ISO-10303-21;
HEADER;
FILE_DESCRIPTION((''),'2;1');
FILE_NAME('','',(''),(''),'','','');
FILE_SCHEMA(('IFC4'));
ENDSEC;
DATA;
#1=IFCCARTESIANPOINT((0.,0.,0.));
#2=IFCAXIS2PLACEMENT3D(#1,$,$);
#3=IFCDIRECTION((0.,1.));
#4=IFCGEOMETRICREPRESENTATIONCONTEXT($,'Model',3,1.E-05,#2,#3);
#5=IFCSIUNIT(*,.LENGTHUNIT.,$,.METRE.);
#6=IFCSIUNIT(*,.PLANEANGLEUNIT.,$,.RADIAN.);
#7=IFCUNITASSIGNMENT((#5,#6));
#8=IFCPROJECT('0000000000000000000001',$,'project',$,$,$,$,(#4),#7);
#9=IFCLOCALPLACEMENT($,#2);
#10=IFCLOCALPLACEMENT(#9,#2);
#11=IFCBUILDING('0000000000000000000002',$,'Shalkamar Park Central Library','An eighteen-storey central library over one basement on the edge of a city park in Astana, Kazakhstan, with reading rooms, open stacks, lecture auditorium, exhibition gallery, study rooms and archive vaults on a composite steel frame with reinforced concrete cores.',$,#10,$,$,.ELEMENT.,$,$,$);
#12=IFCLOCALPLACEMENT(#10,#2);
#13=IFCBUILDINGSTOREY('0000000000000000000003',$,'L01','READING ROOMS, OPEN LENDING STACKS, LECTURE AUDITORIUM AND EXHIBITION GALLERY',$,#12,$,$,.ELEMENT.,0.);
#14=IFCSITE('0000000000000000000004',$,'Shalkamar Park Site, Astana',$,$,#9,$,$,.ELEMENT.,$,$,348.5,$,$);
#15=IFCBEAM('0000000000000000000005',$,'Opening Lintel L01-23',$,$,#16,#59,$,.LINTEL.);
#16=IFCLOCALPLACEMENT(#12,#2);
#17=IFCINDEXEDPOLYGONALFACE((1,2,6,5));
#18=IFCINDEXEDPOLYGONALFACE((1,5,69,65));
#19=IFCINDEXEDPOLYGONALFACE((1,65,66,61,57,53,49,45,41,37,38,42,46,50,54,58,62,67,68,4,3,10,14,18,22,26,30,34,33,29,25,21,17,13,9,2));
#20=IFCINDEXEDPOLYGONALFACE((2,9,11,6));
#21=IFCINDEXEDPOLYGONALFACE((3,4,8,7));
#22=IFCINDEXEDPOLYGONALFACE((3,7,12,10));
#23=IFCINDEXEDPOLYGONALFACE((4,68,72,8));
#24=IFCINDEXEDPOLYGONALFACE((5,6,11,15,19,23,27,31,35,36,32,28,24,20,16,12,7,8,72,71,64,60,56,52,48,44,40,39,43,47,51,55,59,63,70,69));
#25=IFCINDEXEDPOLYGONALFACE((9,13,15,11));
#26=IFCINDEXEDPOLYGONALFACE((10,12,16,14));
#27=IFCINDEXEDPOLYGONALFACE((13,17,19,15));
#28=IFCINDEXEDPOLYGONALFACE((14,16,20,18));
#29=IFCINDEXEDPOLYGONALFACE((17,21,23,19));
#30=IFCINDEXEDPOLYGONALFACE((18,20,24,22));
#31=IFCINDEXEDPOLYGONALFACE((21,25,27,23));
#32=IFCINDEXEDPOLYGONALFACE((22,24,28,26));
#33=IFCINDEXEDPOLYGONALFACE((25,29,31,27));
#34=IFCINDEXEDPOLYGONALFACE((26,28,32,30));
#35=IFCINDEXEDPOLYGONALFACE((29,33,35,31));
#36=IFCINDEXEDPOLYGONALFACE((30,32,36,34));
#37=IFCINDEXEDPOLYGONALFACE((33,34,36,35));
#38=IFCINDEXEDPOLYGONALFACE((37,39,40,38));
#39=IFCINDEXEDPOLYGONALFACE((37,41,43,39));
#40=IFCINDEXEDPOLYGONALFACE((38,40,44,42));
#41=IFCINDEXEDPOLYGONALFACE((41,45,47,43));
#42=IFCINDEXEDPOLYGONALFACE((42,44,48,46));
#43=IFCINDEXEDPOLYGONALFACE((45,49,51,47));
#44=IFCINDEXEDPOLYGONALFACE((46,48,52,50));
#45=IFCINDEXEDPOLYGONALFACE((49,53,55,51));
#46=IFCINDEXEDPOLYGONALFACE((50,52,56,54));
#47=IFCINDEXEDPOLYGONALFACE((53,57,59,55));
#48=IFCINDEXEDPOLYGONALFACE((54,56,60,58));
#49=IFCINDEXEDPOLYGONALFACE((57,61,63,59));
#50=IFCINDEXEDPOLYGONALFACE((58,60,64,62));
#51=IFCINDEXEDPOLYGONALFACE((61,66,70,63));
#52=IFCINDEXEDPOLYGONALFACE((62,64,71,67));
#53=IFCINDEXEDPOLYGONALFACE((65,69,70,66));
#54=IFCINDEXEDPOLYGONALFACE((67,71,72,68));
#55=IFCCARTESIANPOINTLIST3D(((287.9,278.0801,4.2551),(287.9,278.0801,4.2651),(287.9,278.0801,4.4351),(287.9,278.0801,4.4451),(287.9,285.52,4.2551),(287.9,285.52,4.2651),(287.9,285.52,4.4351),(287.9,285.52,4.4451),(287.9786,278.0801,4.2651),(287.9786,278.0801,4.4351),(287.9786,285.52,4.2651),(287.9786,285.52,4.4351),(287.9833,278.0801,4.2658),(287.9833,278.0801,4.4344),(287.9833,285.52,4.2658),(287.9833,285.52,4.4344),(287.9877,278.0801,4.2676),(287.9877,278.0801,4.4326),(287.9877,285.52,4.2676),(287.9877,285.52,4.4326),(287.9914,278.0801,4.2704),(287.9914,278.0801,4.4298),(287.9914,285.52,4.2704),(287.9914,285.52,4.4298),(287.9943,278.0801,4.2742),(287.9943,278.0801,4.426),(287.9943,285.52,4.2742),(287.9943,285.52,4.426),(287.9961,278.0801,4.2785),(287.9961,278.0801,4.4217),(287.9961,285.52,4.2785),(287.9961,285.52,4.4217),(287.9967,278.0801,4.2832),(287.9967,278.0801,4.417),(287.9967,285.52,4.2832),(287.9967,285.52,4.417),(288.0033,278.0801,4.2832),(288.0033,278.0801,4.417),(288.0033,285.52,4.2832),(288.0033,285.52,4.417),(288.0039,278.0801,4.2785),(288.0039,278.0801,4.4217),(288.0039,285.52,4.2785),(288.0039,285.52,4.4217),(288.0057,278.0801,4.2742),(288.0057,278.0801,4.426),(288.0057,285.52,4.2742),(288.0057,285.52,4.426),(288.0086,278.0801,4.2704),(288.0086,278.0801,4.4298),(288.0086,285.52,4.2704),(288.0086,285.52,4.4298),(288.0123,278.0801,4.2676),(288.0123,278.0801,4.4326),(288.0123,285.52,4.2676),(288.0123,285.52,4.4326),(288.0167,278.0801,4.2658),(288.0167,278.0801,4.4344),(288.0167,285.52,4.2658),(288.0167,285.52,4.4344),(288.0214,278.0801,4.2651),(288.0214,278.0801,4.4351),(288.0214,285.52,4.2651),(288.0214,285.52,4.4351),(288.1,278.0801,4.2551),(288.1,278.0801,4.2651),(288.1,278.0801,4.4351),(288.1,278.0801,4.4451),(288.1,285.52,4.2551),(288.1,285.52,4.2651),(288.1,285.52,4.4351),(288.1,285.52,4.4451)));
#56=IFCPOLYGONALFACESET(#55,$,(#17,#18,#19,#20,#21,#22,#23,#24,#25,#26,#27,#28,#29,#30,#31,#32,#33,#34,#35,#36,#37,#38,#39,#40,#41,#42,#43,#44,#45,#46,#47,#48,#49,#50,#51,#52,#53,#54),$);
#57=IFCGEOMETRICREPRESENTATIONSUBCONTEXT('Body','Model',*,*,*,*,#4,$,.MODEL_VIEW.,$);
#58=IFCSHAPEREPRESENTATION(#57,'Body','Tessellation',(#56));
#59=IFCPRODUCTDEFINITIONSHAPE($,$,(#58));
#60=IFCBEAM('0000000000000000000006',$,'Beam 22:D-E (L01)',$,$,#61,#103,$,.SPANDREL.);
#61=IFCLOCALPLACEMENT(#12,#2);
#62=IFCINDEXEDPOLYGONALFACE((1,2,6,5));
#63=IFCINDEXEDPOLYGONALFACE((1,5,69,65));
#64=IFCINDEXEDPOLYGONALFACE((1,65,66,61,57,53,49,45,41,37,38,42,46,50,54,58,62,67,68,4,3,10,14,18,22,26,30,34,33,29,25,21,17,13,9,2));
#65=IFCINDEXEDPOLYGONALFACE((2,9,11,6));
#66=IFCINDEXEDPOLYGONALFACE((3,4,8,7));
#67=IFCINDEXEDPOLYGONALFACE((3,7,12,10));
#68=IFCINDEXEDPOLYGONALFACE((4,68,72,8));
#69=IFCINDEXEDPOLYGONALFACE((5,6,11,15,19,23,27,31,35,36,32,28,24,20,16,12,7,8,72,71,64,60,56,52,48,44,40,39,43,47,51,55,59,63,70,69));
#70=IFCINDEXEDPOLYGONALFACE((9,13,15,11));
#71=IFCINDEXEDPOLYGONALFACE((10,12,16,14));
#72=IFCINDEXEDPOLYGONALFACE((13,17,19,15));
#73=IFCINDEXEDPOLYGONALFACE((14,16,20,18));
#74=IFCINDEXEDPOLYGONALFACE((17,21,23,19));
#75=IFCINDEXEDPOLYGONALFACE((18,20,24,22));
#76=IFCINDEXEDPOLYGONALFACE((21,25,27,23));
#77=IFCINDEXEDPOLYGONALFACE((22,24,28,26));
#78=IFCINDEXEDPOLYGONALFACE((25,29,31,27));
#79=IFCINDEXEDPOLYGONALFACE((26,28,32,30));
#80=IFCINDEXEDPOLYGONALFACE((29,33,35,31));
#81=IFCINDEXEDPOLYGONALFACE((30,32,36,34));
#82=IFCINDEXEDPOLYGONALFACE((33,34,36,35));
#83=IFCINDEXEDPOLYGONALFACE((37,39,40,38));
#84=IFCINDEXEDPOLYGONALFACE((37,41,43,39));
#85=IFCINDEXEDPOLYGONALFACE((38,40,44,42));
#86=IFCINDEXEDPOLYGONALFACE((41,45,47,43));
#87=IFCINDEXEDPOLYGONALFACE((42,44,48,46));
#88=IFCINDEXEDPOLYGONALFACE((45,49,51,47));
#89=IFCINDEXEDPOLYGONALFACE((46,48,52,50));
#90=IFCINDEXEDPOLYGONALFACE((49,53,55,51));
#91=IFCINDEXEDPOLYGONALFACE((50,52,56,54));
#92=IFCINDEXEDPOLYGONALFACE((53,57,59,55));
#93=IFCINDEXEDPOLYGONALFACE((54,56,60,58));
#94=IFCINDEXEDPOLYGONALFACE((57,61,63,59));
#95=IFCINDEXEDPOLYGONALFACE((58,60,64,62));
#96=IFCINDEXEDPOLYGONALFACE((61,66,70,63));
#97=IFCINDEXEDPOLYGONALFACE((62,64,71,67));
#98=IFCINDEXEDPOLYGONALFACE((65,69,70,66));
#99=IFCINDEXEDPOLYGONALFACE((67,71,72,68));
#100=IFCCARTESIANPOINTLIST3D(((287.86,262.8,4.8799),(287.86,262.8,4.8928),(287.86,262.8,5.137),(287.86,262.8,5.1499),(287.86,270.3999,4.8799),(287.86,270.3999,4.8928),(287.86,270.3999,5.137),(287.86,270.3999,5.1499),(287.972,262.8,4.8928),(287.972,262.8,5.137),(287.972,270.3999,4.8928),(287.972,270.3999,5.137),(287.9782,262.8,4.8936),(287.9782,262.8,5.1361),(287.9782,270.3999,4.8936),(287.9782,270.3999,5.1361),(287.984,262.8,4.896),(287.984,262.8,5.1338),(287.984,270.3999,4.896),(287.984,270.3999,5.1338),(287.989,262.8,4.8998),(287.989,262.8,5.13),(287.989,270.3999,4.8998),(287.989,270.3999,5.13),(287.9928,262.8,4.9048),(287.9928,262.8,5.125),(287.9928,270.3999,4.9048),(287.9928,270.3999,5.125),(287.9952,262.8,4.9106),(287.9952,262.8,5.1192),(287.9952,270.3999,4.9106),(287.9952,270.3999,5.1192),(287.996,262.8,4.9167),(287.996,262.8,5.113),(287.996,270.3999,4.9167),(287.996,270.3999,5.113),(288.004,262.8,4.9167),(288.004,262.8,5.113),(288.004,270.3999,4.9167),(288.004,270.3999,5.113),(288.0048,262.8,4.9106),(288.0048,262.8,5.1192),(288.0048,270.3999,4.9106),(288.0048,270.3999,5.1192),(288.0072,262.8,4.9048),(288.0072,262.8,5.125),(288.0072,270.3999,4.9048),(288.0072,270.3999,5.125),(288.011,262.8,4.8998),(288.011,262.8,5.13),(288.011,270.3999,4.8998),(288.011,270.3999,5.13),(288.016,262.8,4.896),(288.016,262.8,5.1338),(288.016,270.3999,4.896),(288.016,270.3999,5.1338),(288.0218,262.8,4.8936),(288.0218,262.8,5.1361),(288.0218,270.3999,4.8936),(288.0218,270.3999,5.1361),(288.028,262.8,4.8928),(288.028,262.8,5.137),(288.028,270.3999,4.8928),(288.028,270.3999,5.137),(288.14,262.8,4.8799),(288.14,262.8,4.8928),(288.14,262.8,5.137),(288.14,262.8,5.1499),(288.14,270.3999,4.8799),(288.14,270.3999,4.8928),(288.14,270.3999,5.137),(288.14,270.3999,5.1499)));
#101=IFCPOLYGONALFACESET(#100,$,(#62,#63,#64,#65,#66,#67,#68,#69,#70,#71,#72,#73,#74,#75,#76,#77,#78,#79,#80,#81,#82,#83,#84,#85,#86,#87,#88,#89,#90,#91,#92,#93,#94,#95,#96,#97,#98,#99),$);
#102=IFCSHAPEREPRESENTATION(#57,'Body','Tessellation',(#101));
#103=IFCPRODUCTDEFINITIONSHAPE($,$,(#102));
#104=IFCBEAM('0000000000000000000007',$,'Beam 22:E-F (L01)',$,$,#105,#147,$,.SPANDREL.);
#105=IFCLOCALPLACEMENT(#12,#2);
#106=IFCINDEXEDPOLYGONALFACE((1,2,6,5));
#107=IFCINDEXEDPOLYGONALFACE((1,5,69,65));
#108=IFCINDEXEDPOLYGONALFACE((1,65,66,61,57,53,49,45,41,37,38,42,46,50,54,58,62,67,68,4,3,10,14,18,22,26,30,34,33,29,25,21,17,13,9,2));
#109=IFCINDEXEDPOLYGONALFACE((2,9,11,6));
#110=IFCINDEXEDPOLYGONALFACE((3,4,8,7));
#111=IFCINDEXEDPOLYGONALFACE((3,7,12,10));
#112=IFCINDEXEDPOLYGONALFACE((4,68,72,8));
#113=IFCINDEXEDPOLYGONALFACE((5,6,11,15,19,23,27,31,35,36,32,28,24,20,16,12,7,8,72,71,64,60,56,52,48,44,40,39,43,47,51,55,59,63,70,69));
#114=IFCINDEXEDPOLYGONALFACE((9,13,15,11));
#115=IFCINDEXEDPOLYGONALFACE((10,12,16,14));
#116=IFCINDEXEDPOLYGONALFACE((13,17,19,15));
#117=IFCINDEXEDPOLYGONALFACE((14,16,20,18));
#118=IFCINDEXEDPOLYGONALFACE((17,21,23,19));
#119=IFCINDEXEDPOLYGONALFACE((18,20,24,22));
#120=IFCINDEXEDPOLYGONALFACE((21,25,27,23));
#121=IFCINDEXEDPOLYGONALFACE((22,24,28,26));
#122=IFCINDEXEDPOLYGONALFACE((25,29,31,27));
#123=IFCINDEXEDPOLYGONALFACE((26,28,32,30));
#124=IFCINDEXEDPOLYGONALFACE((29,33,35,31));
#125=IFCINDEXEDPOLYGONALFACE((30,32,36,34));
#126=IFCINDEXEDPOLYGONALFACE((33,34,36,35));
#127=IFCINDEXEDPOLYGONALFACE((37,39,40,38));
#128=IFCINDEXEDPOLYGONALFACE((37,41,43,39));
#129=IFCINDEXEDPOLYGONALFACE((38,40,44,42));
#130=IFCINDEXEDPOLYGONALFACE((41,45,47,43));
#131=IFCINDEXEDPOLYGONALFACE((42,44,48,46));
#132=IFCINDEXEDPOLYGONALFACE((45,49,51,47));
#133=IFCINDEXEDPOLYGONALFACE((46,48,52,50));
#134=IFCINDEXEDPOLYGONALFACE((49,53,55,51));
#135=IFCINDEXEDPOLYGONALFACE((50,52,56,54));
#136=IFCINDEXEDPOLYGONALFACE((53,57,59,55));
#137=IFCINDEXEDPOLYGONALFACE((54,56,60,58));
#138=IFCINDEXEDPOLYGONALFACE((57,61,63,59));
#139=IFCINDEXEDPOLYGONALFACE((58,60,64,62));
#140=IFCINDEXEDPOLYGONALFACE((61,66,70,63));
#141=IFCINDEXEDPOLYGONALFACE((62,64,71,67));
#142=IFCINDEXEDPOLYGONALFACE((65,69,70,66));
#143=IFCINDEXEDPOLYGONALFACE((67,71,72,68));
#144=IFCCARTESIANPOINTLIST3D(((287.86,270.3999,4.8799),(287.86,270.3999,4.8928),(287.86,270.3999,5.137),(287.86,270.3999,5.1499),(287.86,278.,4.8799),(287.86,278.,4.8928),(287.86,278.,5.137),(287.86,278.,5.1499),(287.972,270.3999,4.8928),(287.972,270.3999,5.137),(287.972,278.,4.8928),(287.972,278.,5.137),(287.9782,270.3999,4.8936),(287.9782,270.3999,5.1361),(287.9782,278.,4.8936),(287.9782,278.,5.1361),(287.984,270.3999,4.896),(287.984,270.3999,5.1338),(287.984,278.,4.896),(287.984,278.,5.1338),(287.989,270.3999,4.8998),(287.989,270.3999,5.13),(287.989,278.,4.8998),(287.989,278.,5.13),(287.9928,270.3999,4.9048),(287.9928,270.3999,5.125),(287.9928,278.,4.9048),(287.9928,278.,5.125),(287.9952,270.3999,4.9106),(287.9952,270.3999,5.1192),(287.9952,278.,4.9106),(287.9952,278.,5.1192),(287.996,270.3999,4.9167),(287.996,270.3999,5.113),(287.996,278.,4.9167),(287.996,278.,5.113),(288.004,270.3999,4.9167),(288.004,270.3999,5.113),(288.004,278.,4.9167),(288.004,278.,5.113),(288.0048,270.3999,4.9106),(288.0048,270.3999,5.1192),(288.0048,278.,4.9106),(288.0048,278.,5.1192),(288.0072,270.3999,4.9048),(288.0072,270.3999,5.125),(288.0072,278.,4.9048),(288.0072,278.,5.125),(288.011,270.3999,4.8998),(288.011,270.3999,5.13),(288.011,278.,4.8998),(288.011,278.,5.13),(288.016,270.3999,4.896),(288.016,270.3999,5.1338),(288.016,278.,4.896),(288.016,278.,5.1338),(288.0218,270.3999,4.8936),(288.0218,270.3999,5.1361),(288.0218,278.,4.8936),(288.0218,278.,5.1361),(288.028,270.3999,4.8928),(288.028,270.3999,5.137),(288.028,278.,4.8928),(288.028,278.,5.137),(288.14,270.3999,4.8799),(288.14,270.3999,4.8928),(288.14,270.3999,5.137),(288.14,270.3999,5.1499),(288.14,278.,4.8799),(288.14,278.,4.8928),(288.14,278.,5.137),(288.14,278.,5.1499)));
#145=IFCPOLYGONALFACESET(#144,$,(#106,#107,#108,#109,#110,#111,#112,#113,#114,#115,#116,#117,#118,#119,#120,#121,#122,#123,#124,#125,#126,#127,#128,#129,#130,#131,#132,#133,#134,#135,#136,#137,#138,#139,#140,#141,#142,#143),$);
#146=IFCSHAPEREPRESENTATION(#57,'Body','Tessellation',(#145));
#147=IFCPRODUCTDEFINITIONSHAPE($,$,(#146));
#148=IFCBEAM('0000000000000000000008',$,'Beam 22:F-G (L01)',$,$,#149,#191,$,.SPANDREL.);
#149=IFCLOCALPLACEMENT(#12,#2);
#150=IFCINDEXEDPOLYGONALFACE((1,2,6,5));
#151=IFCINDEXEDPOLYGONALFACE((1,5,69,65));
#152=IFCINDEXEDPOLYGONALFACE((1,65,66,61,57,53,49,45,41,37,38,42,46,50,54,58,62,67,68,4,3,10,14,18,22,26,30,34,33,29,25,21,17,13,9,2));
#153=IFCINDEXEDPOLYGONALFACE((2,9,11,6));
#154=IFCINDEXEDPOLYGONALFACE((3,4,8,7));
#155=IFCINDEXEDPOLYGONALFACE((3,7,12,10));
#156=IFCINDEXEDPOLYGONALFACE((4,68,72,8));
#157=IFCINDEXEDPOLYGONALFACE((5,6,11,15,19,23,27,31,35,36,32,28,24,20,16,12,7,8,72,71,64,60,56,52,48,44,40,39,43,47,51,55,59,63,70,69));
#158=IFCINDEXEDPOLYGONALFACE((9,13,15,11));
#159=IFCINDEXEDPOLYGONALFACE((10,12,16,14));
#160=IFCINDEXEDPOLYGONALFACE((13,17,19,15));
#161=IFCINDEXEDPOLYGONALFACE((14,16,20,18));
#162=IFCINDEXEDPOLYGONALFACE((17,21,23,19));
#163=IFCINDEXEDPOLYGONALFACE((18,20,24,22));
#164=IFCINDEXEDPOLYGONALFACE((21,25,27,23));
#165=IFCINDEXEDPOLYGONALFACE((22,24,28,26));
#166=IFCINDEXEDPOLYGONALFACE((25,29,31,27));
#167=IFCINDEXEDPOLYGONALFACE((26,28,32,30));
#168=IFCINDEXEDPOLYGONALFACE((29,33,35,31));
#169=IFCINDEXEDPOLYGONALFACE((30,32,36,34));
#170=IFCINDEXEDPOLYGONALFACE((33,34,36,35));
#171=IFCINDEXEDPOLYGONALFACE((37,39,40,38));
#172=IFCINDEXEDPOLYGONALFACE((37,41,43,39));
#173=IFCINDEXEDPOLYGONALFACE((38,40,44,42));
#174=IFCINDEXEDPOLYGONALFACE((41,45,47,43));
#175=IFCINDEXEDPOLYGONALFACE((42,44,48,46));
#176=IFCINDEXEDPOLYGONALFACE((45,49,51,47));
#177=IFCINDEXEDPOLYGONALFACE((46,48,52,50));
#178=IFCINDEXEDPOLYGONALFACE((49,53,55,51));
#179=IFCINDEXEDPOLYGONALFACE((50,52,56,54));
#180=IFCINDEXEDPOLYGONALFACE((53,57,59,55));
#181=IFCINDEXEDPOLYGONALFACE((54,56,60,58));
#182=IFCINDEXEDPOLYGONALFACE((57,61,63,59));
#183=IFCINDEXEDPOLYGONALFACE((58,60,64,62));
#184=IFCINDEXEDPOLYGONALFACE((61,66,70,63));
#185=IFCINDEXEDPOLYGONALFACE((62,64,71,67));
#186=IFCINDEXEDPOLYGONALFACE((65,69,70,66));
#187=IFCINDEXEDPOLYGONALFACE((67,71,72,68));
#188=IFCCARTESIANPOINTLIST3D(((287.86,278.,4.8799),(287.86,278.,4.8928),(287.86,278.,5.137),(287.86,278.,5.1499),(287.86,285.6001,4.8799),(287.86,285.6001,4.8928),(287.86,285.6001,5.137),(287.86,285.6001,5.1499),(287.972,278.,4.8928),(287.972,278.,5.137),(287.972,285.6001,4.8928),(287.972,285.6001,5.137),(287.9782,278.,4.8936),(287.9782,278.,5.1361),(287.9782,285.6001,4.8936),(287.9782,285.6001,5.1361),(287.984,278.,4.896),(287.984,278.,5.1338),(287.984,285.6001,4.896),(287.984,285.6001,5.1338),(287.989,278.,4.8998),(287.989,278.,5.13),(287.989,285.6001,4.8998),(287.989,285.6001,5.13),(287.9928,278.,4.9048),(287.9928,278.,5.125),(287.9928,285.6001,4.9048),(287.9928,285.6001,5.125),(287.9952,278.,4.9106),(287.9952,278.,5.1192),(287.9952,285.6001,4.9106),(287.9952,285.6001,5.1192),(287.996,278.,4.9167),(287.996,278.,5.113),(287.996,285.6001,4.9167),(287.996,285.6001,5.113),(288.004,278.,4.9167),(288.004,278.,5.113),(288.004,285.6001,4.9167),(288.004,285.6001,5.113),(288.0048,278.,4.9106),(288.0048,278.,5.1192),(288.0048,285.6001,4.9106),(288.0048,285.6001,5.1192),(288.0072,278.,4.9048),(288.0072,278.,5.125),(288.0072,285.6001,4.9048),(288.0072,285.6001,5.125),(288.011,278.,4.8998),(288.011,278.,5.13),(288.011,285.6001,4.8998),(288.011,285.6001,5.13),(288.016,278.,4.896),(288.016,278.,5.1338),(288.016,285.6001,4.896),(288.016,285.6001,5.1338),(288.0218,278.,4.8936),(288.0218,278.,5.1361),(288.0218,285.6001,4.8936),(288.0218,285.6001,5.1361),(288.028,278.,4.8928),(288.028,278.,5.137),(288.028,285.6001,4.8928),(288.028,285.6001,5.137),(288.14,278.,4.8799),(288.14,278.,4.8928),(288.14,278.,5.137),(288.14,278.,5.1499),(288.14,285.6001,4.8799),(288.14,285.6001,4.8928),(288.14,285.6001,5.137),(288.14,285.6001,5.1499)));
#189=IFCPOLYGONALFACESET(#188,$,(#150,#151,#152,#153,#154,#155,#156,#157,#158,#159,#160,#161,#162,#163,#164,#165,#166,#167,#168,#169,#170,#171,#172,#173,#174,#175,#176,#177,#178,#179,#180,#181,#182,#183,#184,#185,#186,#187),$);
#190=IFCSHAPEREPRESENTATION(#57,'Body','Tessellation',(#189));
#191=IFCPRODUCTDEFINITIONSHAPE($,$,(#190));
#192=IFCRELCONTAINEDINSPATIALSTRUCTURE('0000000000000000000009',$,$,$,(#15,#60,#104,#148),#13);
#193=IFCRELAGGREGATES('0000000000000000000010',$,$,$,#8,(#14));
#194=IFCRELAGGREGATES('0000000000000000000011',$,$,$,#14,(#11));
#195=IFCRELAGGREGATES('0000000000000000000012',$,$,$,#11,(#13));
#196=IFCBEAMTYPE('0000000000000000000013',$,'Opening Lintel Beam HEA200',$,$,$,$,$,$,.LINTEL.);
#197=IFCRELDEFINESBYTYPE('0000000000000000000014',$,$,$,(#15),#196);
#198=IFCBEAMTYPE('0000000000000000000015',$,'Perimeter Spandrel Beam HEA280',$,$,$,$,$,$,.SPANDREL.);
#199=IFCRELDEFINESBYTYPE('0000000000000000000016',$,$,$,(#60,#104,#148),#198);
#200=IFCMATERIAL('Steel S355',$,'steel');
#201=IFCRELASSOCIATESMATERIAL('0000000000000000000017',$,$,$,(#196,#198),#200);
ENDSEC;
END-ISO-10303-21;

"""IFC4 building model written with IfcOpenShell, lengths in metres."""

from ifc_helpers import new_model, si_unit, direction, frame, origin, origin_2d, place, context, subcontext, project, spatial, i_section, extrude, material, material_profile, profile_set, type_object, element, save


model = new_model("IFC4")

# Units and contexts
model_context = context("Model", 3, precision=1e-05, world=origin(), true_north=direction((0.0, 1.0)))
body_context = subcontext(model_context, "Body", "Model", "MODEL_VIEW")
ifc_project = project(units=[si_unit("LENGTHUNIT", "METRE"), si_unit("PLANEANGLEUNIT", "RADIAN")], contexts=[model_context])

# Site, building, storey
site_placement = place(None, origin())
site = spatial("IfcSite", under=ifc_project, at=site_placement, Name="Shalkamar Park Site, Astana", CompositionType="ELEMENT", RefElevation=348.5)
building_placement = place(site_placement, origin())
building = spatial("IfcBuilding", under=site, at=building_placement, Name="Shalkamar Park Central Library", Description="An eighteen-storey central library over one basement on the edge of a city park in Astana, Kazakhstan, with reading rooms, open stacks, lecture auditorium, exhibition gallery, study rooms and archive vaults on a composite steel frame with reinforced concrete cores.", CompositionType="ELEMENT")
storey_placement = place(building_placement, origin())
storey = spatial("IfcBuildingStorey", under=building, at=storey_placement, Name="L01", Description="READING ROOMS, OPEN LENDING STACKS, LECTURE AUDITORIUM AND EXHIBITION GALLERY", CompositionType="ELEMENT", Elevation=0.0)

# Shared definitions
ifc_material_1 = material(Name="Steel S355", Category="steel")

# Beams
ifc_material_profile_1 = material_profile(ifc_material_1, i_section(OverallWidth=0.2, OverallDepth=0.1899, WebThickness=0.0066, FlangeThickness=0.01, FilletRadius=0.0181, at=origin_2d()), Name="HEA 200")
ifc_profile_set_1 = profile_set([ifc_material_profile_1], Name="Steel S355")
beam_type_1 = type_object("IfcBeamType", Name="Opening Lintel Beam HEA200", PredefinedType="LINTEL", material=ifc_profile_set_1)
beam_1_placement = place(storey_placement, frame((288.0, 278.0801, 4.3501), z_axis=(0.0, 1.0, 0.0), x_axis=(-1.0, 0.0, 0.0)))
element("IfcBeam", 1, at=beam_1_placement, inside=storey, type_object=beam_type_1, Name="Opening Lintel L01-23", PredefinedType="LINTEL", context=body_context, shape_type="SweptSolid", body=[
    extrude(i_section(OverallWidth=0.2, OverallDepth=0.1899, WebThickness=0.0066, FlangeThickness=0.01, FilletRadius=0.0181, at=origin_2d()), origin(), (0.0, 0.0, 1.0), 7.4399),
])
ifc_material_profile_2 = material_profile(ifc_material_1, i_section(OverallWidth=0.28, OverallDepth=0.27, WebThickness=0.0081, FlangeThickness=0.0129, FilletRadius=0.0239, at=origin_2d()), Name="HEA 280")
ifc_profile_set_2 = profile_set([ifc_material_profile_2], Name="Steel S355")
beam_type_2 = type_object("IfcBeamType", Name="Perimeter Spandrel Beam HEA280", PredefinedType="SPANDREL", material=ifc_profile_set_2)
beam_2_placement = place(storey_placement, frame((288.0, 262.8, 5.0149), z_axis=(0.0, 1.0, 0.0), x_axis=(-1.0, 0.0, 0.0)))
element("IfcBeam", 2, at=beam_2_placement, inside=storey, type_object=beam_type_2, Name="Beam 22:D-E (L01)", PredefinedType="SPANDREL", context=body_context, shape_type="SweptSolid", body=[
    extrude(i_section(OverallWidth=0.28, OverallDepth=0.27, WebThickness=0.0081, FlangeThickness=0.0129, FilletRadius=0.0239, at=origin_2d()), origin(), (0.0, 0.0, 1.0), 7.5999),
])
for number, where, z_axis, x_axis, name in (
    (3, (288.0, 270.3999, 5.0149), (0.0, 1.0, 0.0), (-1.0, 0.0, 0.0), "Beam 22:E-F (L01)"),
    (4, (288.0, 278.0, 5.0149), (0.0, 1.0, 0.0), (-1.0, 0.0, 0.0), "Beam 22:F-G (L01)"),
):
    element("IfcBeam", number, at=place(storey_placement, frame(where, z_axis=z_axis, x_axis=x_axis)), inside=storey, type_object=beam_type_2, Name=name, PredefinedType="SPANDREL", context=body_context, shape_type="SweptSolid", body=[
        extrude(i_section(OverallWidth=0.28, OverallDepth=0.27, WebThickness=0.0081, FlangeThickness=0.0129, FilletRadius=0.0239, at=origin_2d()), origin(), (0.0, 0.0, 1.0), 7.6001),
    ])

save(model, "model.ifc")
